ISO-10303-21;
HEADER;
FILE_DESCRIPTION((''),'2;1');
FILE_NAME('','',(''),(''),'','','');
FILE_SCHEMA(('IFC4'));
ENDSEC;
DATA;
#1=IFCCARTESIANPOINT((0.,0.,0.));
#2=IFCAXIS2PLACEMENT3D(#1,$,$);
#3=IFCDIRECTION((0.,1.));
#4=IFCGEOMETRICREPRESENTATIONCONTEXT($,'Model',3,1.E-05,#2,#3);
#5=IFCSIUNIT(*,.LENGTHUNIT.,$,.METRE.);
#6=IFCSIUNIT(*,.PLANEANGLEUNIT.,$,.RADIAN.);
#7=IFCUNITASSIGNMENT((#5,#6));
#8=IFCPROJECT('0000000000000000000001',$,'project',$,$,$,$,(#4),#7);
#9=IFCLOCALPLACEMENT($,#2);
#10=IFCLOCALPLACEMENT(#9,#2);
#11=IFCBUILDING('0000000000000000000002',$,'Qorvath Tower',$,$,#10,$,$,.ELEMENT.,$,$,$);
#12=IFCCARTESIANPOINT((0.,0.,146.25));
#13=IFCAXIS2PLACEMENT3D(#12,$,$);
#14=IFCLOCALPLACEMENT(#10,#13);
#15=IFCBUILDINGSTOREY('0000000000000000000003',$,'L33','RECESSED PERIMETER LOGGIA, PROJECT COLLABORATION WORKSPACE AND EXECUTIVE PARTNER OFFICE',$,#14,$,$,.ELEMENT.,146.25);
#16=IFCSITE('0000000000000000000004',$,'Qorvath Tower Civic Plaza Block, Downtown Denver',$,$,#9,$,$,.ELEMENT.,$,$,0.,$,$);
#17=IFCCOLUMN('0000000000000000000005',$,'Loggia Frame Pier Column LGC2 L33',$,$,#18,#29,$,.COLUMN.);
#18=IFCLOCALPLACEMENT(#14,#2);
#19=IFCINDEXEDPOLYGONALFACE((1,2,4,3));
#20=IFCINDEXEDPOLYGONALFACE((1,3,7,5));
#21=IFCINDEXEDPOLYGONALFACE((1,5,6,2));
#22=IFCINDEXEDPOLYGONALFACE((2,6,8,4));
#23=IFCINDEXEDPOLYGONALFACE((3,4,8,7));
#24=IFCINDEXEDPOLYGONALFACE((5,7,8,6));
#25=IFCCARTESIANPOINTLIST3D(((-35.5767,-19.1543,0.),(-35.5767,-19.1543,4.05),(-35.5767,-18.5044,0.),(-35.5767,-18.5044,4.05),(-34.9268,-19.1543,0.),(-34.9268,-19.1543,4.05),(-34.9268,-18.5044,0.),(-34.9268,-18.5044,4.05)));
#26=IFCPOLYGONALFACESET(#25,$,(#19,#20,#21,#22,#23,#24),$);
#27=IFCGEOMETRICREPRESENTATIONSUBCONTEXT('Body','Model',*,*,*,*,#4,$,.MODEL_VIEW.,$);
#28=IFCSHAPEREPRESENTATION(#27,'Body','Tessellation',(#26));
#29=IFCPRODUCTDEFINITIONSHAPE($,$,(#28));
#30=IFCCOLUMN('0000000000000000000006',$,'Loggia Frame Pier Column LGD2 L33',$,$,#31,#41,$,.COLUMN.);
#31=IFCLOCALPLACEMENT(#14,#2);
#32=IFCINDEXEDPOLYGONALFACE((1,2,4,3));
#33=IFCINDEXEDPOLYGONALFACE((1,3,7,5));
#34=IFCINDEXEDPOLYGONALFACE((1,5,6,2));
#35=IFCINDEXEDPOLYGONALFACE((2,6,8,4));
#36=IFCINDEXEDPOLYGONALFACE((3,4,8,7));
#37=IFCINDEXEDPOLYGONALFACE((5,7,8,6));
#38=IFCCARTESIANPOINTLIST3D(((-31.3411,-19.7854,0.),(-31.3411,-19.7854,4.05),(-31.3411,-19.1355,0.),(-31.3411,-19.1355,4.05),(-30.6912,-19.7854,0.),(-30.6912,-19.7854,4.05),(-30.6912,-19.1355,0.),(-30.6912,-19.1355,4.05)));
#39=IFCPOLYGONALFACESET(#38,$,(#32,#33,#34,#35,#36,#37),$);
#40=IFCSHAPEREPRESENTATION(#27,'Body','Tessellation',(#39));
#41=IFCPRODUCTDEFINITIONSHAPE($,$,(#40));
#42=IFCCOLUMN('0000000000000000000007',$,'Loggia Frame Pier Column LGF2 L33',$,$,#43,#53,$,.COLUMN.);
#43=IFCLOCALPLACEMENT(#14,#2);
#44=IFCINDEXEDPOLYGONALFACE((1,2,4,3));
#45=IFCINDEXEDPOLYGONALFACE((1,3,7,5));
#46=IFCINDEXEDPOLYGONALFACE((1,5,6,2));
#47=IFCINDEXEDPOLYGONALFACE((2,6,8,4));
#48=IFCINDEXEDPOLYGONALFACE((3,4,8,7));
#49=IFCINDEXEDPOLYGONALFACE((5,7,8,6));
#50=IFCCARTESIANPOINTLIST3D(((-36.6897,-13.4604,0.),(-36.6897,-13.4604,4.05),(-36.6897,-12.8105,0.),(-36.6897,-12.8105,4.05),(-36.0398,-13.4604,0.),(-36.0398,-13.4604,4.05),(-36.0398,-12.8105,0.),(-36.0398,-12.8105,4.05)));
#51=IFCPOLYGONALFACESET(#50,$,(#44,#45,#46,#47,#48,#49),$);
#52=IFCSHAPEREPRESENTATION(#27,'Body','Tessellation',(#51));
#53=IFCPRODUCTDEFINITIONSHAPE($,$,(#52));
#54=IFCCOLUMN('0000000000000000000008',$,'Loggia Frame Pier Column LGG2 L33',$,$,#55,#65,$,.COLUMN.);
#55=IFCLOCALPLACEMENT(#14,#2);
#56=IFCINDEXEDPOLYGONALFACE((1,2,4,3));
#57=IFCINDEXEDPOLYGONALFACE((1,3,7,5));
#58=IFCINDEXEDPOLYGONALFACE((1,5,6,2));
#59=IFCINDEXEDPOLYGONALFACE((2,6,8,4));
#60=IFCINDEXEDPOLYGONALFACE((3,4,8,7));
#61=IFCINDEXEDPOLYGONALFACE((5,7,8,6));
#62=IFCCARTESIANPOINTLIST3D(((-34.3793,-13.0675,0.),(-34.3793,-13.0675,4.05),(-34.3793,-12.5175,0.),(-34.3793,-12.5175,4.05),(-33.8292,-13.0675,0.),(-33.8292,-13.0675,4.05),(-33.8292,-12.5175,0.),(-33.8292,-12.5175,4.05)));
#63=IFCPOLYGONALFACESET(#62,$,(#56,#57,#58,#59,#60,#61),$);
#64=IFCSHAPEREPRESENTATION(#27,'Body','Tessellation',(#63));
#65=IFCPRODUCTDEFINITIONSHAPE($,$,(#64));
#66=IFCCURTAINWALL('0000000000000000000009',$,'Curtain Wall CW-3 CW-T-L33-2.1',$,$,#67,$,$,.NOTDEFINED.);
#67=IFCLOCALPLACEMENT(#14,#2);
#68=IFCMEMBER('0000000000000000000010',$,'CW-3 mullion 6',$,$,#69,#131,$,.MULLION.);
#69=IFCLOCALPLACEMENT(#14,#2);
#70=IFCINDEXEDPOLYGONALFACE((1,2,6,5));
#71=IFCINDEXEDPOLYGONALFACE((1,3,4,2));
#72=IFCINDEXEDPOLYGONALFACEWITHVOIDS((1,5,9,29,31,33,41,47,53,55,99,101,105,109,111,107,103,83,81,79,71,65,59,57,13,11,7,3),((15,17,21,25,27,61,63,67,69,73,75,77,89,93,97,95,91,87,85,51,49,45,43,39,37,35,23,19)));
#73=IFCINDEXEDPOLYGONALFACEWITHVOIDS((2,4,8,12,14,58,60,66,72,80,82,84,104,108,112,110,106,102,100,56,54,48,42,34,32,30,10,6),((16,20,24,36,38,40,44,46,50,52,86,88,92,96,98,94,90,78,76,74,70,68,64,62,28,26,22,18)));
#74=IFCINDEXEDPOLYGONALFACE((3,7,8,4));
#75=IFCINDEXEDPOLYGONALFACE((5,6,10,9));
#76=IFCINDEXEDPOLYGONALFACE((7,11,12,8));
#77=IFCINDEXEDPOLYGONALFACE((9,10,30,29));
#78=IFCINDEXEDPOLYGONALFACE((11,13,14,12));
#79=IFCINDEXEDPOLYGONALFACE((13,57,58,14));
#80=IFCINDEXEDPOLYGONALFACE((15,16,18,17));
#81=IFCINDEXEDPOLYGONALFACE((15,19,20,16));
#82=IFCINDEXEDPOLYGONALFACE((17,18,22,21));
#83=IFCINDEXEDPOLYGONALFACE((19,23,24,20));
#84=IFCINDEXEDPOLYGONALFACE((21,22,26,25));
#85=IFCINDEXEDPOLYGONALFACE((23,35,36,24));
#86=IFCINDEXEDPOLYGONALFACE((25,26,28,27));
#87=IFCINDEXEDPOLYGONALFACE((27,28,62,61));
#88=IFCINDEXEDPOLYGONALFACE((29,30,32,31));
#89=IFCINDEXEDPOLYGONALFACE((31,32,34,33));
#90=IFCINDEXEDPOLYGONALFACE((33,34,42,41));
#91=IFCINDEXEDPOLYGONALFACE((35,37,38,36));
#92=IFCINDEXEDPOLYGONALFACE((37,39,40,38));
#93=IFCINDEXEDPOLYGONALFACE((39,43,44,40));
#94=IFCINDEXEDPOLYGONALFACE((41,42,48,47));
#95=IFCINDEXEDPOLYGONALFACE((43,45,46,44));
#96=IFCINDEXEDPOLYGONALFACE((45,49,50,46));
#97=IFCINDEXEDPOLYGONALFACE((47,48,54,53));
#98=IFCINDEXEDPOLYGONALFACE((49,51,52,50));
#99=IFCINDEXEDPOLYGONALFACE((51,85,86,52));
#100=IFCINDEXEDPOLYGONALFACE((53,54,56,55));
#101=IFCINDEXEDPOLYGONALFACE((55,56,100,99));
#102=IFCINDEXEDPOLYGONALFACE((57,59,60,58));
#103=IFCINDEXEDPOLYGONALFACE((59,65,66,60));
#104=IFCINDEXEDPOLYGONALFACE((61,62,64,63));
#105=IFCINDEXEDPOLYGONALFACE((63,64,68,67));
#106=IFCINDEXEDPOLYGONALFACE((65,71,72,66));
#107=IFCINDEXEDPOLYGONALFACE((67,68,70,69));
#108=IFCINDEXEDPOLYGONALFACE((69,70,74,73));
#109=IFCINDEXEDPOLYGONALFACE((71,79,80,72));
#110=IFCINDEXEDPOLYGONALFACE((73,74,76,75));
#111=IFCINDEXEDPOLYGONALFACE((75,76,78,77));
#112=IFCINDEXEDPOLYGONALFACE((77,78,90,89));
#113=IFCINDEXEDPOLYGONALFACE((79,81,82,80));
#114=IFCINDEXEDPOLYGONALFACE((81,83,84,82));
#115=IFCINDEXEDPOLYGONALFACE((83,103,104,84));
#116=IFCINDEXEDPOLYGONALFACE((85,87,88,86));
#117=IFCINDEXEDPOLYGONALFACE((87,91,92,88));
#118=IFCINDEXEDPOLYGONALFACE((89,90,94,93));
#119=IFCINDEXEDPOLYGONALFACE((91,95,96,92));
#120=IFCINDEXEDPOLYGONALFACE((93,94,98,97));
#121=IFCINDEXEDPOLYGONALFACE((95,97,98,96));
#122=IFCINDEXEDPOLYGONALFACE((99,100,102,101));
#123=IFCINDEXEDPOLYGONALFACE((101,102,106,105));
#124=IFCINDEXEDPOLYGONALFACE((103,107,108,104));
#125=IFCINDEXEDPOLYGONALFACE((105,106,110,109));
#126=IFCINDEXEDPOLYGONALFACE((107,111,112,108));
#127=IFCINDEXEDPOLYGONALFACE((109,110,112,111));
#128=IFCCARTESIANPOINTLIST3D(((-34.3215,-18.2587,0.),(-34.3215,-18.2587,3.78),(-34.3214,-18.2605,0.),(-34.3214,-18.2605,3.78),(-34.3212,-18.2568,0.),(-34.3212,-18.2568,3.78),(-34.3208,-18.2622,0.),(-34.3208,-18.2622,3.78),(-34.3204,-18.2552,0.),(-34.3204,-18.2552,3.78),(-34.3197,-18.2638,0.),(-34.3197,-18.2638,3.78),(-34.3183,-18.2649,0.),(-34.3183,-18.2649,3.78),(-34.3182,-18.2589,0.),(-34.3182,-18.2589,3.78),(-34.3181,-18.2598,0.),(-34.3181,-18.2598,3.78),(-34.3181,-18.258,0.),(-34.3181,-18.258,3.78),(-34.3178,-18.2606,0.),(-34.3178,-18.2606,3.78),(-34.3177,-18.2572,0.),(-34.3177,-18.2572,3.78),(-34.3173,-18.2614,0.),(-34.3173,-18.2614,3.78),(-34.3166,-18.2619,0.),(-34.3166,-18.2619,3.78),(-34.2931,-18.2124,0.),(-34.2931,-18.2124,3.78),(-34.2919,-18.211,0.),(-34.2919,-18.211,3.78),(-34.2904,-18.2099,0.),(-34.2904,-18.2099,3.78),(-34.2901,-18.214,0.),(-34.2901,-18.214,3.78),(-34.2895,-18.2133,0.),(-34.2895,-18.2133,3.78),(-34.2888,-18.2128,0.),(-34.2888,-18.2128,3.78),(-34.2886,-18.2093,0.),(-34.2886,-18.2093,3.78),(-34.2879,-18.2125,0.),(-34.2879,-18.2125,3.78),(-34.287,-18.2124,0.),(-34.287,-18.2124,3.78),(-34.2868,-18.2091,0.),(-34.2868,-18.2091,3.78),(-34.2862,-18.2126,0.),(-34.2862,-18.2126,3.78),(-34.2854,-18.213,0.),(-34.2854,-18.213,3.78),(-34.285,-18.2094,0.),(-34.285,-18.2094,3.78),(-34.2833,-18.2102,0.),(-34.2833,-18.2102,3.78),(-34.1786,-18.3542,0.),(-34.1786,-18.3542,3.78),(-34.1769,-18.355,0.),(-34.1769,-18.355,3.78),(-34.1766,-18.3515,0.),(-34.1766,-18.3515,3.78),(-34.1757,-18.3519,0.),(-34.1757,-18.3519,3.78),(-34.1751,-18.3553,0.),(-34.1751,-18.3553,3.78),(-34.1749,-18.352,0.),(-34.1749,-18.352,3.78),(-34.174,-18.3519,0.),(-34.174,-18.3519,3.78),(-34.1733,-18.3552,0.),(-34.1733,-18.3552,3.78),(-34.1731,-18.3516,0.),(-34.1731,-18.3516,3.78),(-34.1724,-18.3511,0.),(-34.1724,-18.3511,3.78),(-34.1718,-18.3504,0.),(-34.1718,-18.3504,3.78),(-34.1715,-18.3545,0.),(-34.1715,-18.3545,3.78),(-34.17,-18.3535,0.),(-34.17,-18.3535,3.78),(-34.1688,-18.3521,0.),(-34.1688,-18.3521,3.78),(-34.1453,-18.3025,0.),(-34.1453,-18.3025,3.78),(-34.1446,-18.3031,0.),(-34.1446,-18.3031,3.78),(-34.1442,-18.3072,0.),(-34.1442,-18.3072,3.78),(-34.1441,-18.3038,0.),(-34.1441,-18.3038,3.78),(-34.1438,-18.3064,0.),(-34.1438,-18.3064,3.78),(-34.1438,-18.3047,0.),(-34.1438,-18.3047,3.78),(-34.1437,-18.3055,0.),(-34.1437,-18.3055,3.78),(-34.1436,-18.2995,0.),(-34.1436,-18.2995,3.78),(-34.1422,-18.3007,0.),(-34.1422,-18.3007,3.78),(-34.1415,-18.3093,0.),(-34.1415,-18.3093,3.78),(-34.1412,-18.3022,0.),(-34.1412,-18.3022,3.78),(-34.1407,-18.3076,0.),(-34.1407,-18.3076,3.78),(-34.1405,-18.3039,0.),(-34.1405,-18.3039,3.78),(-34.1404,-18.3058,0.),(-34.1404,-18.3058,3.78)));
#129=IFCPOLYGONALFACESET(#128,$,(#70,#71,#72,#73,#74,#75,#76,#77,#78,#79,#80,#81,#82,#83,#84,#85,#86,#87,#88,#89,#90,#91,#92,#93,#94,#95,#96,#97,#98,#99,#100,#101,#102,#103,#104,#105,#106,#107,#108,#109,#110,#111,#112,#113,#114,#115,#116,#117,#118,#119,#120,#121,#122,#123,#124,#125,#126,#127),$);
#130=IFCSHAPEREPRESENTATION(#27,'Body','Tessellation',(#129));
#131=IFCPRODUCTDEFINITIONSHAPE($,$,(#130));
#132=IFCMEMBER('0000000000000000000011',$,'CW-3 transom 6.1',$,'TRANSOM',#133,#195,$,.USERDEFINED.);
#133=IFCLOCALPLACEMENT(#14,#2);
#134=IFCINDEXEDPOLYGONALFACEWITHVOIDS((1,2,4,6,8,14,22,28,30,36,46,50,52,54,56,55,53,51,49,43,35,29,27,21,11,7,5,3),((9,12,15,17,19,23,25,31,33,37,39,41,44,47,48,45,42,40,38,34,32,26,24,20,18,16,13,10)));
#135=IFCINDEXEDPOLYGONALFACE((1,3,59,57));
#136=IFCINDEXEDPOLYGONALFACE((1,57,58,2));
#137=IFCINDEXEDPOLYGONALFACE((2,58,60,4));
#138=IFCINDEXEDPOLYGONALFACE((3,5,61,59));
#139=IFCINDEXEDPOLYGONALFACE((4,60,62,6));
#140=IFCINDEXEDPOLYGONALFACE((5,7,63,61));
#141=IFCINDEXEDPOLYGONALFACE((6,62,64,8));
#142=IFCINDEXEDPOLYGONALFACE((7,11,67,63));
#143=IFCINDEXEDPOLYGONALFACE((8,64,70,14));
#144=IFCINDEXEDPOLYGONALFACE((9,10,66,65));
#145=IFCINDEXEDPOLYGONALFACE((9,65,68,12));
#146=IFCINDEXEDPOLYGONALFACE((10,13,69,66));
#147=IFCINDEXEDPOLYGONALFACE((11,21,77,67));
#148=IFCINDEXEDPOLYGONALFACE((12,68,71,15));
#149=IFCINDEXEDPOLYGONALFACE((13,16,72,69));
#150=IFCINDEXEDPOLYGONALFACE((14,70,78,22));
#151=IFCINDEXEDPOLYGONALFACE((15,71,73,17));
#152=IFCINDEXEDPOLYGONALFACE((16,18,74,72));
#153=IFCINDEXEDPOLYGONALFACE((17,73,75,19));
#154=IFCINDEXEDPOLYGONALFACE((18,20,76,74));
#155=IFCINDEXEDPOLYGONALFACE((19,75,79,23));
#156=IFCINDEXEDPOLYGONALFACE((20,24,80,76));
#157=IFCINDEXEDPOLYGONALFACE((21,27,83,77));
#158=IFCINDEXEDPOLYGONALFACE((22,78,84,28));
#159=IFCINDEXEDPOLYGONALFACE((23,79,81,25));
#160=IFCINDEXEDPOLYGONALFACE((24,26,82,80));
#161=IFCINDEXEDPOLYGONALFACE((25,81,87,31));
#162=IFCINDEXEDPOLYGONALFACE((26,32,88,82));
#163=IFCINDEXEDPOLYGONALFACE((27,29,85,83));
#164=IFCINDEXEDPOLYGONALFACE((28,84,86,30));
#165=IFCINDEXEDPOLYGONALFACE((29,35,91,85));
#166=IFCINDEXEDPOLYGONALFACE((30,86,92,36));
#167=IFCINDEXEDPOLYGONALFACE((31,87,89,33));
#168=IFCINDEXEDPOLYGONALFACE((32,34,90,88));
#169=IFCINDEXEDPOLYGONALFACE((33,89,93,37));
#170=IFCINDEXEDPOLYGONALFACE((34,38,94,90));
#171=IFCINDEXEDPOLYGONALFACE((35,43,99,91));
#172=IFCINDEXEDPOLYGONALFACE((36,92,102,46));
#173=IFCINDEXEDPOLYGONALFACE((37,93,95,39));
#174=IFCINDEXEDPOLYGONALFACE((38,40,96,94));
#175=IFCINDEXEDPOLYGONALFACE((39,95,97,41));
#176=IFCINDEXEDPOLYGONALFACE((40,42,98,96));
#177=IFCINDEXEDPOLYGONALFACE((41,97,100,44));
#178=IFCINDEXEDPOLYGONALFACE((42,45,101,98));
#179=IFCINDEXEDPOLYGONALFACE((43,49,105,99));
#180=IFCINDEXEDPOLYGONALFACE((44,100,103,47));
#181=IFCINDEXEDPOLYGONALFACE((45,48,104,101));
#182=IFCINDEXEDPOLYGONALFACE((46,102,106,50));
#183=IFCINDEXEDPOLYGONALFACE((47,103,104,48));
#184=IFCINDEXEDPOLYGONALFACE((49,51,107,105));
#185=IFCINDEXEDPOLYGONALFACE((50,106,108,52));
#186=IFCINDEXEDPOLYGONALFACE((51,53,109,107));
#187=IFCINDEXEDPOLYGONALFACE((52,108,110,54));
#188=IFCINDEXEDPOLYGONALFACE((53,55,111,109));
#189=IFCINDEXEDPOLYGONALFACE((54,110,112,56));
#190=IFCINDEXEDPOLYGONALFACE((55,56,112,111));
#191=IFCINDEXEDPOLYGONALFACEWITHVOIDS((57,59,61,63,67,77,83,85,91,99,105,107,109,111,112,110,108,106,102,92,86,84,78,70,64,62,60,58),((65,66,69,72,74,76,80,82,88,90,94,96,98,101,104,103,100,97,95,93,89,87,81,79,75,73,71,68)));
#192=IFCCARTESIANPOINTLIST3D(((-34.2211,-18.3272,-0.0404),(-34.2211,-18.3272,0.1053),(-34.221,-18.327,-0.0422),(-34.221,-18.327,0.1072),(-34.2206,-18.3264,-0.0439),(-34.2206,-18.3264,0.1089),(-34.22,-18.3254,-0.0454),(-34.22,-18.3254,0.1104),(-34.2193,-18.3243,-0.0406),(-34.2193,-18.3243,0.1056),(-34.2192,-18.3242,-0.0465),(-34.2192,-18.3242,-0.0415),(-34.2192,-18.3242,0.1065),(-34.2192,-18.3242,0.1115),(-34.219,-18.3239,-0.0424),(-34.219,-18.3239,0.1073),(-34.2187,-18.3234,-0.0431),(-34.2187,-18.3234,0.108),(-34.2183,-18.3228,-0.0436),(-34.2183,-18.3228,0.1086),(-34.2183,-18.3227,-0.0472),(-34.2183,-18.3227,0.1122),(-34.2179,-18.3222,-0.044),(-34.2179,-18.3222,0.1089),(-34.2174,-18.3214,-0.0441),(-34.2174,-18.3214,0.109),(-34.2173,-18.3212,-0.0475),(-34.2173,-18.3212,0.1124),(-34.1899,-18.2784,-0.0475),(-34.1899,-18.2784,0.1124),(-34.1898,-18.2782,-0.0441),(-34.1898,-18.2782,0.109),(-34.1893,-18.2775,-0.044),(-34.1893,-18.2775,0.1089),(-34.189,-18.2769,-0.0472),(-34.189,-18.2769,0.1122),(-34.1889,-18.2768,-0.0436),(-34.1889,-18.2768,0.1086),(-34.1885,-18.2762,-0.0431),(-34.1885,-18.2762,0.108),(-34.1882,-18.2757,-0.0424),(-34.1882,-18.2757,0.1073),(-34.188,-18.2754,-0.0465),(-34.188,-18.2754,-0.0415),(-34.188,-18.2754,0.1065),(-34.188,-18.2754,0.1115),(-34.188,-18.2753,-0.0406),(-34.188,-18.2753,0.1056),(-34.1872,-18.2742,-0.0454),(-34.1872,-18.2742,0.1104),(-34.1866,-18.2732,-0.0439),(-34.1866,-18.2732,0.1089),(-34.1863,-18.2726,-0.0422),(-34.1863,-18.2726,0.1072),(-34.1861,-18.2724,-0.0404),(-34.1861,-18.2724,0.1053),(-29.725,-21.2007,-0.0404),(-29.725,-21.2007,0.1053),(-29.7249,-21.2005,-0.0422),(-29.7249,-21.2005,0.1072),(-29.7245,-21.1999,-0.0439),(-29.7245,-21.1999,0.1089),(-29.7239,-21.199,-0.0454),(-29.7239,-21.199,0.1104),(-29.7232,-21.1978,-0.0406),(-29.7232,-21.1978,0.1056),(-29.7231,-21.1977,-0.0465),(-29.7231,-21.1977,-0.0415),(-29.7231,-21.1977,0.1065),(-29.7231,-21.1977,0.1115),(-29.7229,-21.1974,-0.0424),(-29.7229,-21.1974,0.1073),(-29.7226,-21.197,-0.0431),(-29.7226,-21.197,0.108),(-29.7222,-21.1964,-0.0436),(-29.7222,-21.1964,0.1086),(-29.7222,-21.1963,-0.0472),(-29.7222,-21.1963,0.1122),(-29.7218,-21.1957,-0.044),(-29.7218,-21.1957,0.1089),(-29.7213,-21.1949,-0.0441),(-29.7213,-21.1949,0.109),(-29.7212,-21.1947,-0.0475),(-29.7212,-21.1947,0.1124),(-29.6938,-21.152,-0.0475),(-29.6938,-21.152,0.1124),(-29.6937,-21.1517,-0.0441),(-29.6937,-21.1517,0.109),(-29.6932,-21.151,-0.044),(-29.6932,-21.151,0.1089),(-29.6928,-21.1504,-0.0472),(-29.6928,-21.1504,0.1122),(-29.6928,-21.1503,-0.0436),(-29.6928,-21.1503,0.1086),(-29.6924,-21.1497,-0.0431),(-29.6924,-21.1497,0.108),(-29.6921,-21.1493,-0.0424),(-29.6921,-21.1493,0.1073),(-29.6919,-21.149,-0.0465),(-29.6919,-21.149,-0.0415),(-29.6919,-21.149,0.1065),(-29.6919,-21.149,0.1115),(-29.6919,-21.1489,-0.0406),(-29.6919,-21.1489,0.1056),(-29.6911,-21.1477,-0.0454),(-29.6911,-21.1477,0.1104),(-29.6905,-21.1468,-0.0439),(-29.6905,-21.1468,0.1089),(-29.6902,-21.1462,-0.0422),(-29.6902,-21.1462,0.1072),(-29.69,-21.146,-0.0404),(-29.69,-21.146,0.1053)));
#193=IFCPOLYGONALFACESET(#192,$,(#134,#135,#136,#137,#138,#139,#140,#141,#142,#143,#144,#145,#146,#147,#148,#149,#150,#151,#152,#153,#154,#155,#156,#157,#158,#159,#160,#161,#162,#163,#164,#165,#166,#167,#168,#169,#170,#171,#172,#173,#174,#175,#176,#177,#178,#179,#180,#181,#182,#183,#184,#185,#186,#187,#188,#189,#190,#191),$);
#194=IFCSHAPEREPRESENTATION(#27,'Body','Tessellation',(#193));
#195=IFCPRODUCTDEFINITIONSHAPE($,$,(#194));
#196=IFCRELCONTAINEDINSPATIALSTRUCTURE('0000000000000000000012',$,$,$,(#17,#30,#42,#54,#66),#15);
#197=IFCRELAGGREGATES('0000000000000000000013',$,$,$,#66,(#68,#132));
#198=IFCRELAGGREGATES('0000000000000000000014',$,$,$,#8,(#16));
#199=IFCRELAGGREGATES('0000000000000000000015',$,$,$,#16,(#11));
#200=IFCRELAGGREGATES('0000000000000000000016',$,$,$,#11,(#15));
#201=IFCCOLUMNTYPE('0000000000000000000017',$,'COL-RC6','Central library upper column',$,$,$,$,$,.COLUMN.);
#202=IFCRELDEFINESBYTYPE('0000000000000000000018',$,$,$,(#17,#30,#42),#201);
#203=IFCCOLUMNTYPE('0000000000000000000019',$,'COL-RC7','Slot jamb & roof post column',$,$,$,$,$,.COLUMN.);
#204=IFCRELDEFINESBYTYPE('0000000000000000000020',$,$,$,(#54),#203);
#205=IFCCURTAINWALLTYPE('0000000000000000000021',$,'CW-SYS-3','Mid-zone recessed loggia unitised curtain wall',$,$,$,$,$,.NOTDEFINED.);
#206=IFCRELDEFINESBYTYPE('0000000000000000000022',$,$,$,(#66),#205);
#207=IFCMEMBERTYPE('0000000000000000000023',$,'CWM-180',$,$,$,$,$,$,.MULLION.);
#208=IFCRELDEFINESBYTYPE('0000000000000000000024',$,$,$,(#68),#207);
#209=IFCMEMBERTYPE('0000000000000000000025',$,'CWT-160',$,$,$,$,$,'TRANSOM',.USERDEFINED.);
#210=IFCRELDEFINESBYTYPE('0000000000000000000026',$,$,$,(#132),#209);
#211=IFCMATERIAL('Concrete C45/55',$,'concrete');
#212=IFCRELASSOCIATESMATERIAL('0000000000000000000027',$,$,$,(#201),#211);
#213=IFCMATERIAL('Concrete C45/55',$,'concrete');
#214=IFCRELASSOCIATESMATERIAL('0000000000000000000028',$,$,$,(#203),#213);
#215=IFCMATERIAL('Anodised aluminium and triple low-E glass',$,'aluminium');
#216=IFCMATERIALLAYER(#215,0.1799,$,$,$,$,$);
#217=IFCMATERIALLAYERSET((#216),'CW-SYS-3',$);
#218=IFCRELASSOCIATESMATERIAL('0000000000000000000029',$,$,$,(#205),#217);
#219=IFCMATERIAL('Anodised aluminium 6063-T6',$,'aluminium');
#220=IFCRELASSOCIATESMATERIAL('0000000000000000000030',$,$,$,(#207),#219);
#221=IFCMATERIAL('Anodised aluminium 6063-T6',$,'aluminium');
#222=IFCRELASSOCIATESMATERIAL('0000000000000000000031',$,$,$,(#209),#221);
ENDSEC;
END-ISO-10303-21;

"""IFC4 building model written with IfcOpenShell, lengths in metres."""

from ifc_helpers import new_model, si_unit, direction, frame, origin, origin_2d, place, context, subcontext, project, spatial, rectangle, hollow_rectangle, extrude, material, layer, layer_set, material_profile, profile_set, type_object, element, aggregate, save


model = new_model("IFC4")

# Units and contexts
model_context = context("Model", 3, precision=1e-05, world=origin(), true_north=direction((0.0, 1.0)))
body_context = subcontext(model_context, "Body", "Model", "MODEL_VIEW")
ifc_project = project(units=[si_unit("LENGTHUNIT", "METRE"), si_unit("PLANEANGLEUNIT", "RADIAN")], contexts=[model_context])

# Site, building, storey
site_placement = place(None, origin())
site = spatial("IfcSite", under=ifc_project, at=site_placement, Name="Qorvath Tower Civic Plaza Block, Downtown Denver", CompositionType="ELEMENT", RefElevation=0.0)
building_placement = place(site_placement, origin())
building = spatial("IfcBuilding", under=site, at=building_placement, Name="Qorvath Tower", CompositionType="ELEMENT")
storey_placement = place(building_placement, frame((0.0, 0.0, 146.25)))
storey = spatial("IfcBuildingStorey", under=building, at=storey_placement, Name="L33", Description="RECESSED PERIMETER LOGGIA, PROJECT COLLABORATION WORKSPACE AND EXECUTIVE PARTNER OFFICE", CompositionType="ELEMENT", Elevation=146.25)

# Columns
ifc_material_1 = material(Name="Concrete C45/55", Category="concrete")
ifc_material_profile_1 = material_profile(ifc_material_1, rectangle(XDim=0.6499, YDim=0.6499, at=origin_2d()), Name="RC 650x650")
ifc_profile_set_1 = profile_set([ifc_material_profile_1], Name="Concrete C45/55")
column_type_1 = type_object("IfcColumnType", Name="COL-RC6", Description="Central library upper column", PredefinedType="COLUMN", material=ifc_profile_set_1)
for number, where, z_axis, x_axis, name in (
    (1, (-35.2517, -18.8293, 0.0), (0.0, 0.0, 1.0), (1.0, 0.0, 0.0), "Loggia Frame Pier Column LGC2 L33"),
    (2, (-31.0161, -19.4604, 0.0), (0.0, 0.0, 1.0), (1.0, 0.0, 0.0), "Loggia Frame Pier Column LGD2 L33"),
    (3, (-36.3647, -13.1355, 0.0), (0.0, 0.0, 1.0), (1.0, 0.0, 0.0), "Loggia Frame Pier Column LGF2 L33"),
):
    element("IfcColumn", number, at=place(storey_placement, frame(where, z_axis=z_axis, x_axis=x_axis)), inside=storey, type_object=column_type_1, Name=name, PredefinedType="COLUMN", context=body_context, shape_type="SweptSolid", body=[
        extrude(rectangle(XDim=0.6499, YDim=0.6499, at=origin_2d()), origin(), (0.0, 0.0, 1.0), 4.05),
    ])
ifc_material_2 = material(Name="Concrete C45/55", Category="concrete")
ifc_material_profile_2 = material_profile(ifc_material_2, rectangle(XDim=0.55, YDim=0.55, at=origin_2d()), Name="RC 550x550")
ifc_profile_set_2 = profile_set([ifc_material_profile_2], Name="Concrete C45/55")
column_type_2 = type_object("IfcColumnType", Name="COL-RC7", Description="Slot jamb & roof post column", PredefinedType="COLUMN", material=ifc_profile_set_2)
column_placement = place(storey_placement, frame((-34.1042, -12.7925, 0.0), z_axis=(0.0, 0.0, 1.0), x_axis=(1.0, 0.0, 0.0)))
element("IfcColumn", 4, at=column_placement, inside=storey, type_object=column_type_2, Name="Loggia Frame Pier Column LGG2 L33", PredefinedType="COLUMN", context=body_context, shape_type="SweptSolid", body=[
    extrude(rectangle(XDim=0.55, YDim=0.55, at=origin_2d()), origin(), (0.0, 0.0, 1.0), 4.05),
])

# Curtain wall, members
ifc_material_3 = material(Name="Anodised aluminium and triple low-E glass", Category="aluminium")
ifc_layer_1 = layer(ifc_material_3, 0.1799)
ifc_layer_set_1 = layer_set([ifc_layer_1], Name="CW-SYS-3")
curtain_wall_type = type_object("IfcCurtainWallType", Name="CW-SYS-3", Description="Mid-zone recessed loggia unitised curtain wall", PredefinedType="NOTDEFINED", material=ifc_layer_set_1)
curtain_wall_placement = place(storey_placement, origin())
curtain_wall = element("IfcCurtainWall", 5, at=curtain_wall_placement, inside=storey, type_object=curtain_wall_type, Name="Curtain Wall CW-3 CW-T-L33-2.1", PredefinedType="NOTDEFINED")
ifc_material_4 = material(Name="Anodised aluminium 6063-T6", Category="aluminium")
ifc_material_profile_3 = material_profile(ifc_material_4, hollow_rectangle(XDim=0.0649, YDim=0.1799, WallThickness=0.0034, InnerFilletRadius=0.0034, OuterFilletRadius=0.0071, at=origin_2d()), Name="CWM 180x65")
ifc_profile_set_3 = profile_set([ifc_material_profile_3], Name="Anodised aluminium 6063-T6")
member_type_1 = type_object("IfcMemberType", Name="CWM-180", PredefinedType="MULLION", material=ifc_profile_set_3)
member_1_placement = place(storey_placement, frame((-34.231, -18.2822, 0.0), z_axis=(0.0, 0.0, 1.0), x_axis=(0.538533, 0.842604, 0.0)))
member_1 = element("IfcMember", 6, at=member_1_placement, type_object=member_type_1, Name="CW-3 mullion 6", PredefinedType="MULLION", context=body_context, shape_type="SweptSolid", body=[
    extrude(hollow_rectangle(XDim=0.0649, YDim=0.1799, WallThickness=0.0034, InnerFilletRadius=0.0034, OuterFilletRadius=0.0071, at=origin_2d()), origin(), (0.0, 0.0, 1.0), 3.78),
])
ifc_material_5 = material(Name="Anodised aluminium 6063-T6", Category="aluminium")
ifc_material_profile_4 = material_profile(ifc_material_5, hollow_rectangle(XDim=0.0649, YDim=0.1599, WallThickness=0.0034, InnerFilletRadius=0.0034, OuterFilletRadius=0.0071, at=origin_2d()), Name="CWT 160x65")
ifc_profile_set_4 = profile_set([ifc_material_profile_4], Name="Anodised aluminium 6063-T6")
member_type_2 = type_object("IfcMemberType", Name="CWT-160", ElementType="TRANSOM", PredefinedType="USERDEFINED", material=ifc_profile_set_4)
member_2_placement = place(storey_placement, frame((-34.2036, -18.2998, 0.0325), z_axis=(0.842609, -0.538526, 0.0), x_axis=(0.538526, 0.842609, 0.0)))
member_2 = element("IfcMember", 7, at=member_2_placement, type_object=member_type_2, Name="CW-3 transom 6.1", ObjectType="TRANSOM", PredefinedType="USERDEFINED", context=body_context, shape_type="SweptSolid", body=[
    extrude(hollow_rectangle(XDim=0.0649, YDim=0.1599, WallThickness=0.0034, InnerFilletRadius=0.0034, OuterFilletRadius=0.0071, at=origin_2d()), origin(), (0.0, 0.0, 1.0), 5.3359),
])
aggregate(curtain_wall, [member_1, member_2])

save(model, "model.ifc")
